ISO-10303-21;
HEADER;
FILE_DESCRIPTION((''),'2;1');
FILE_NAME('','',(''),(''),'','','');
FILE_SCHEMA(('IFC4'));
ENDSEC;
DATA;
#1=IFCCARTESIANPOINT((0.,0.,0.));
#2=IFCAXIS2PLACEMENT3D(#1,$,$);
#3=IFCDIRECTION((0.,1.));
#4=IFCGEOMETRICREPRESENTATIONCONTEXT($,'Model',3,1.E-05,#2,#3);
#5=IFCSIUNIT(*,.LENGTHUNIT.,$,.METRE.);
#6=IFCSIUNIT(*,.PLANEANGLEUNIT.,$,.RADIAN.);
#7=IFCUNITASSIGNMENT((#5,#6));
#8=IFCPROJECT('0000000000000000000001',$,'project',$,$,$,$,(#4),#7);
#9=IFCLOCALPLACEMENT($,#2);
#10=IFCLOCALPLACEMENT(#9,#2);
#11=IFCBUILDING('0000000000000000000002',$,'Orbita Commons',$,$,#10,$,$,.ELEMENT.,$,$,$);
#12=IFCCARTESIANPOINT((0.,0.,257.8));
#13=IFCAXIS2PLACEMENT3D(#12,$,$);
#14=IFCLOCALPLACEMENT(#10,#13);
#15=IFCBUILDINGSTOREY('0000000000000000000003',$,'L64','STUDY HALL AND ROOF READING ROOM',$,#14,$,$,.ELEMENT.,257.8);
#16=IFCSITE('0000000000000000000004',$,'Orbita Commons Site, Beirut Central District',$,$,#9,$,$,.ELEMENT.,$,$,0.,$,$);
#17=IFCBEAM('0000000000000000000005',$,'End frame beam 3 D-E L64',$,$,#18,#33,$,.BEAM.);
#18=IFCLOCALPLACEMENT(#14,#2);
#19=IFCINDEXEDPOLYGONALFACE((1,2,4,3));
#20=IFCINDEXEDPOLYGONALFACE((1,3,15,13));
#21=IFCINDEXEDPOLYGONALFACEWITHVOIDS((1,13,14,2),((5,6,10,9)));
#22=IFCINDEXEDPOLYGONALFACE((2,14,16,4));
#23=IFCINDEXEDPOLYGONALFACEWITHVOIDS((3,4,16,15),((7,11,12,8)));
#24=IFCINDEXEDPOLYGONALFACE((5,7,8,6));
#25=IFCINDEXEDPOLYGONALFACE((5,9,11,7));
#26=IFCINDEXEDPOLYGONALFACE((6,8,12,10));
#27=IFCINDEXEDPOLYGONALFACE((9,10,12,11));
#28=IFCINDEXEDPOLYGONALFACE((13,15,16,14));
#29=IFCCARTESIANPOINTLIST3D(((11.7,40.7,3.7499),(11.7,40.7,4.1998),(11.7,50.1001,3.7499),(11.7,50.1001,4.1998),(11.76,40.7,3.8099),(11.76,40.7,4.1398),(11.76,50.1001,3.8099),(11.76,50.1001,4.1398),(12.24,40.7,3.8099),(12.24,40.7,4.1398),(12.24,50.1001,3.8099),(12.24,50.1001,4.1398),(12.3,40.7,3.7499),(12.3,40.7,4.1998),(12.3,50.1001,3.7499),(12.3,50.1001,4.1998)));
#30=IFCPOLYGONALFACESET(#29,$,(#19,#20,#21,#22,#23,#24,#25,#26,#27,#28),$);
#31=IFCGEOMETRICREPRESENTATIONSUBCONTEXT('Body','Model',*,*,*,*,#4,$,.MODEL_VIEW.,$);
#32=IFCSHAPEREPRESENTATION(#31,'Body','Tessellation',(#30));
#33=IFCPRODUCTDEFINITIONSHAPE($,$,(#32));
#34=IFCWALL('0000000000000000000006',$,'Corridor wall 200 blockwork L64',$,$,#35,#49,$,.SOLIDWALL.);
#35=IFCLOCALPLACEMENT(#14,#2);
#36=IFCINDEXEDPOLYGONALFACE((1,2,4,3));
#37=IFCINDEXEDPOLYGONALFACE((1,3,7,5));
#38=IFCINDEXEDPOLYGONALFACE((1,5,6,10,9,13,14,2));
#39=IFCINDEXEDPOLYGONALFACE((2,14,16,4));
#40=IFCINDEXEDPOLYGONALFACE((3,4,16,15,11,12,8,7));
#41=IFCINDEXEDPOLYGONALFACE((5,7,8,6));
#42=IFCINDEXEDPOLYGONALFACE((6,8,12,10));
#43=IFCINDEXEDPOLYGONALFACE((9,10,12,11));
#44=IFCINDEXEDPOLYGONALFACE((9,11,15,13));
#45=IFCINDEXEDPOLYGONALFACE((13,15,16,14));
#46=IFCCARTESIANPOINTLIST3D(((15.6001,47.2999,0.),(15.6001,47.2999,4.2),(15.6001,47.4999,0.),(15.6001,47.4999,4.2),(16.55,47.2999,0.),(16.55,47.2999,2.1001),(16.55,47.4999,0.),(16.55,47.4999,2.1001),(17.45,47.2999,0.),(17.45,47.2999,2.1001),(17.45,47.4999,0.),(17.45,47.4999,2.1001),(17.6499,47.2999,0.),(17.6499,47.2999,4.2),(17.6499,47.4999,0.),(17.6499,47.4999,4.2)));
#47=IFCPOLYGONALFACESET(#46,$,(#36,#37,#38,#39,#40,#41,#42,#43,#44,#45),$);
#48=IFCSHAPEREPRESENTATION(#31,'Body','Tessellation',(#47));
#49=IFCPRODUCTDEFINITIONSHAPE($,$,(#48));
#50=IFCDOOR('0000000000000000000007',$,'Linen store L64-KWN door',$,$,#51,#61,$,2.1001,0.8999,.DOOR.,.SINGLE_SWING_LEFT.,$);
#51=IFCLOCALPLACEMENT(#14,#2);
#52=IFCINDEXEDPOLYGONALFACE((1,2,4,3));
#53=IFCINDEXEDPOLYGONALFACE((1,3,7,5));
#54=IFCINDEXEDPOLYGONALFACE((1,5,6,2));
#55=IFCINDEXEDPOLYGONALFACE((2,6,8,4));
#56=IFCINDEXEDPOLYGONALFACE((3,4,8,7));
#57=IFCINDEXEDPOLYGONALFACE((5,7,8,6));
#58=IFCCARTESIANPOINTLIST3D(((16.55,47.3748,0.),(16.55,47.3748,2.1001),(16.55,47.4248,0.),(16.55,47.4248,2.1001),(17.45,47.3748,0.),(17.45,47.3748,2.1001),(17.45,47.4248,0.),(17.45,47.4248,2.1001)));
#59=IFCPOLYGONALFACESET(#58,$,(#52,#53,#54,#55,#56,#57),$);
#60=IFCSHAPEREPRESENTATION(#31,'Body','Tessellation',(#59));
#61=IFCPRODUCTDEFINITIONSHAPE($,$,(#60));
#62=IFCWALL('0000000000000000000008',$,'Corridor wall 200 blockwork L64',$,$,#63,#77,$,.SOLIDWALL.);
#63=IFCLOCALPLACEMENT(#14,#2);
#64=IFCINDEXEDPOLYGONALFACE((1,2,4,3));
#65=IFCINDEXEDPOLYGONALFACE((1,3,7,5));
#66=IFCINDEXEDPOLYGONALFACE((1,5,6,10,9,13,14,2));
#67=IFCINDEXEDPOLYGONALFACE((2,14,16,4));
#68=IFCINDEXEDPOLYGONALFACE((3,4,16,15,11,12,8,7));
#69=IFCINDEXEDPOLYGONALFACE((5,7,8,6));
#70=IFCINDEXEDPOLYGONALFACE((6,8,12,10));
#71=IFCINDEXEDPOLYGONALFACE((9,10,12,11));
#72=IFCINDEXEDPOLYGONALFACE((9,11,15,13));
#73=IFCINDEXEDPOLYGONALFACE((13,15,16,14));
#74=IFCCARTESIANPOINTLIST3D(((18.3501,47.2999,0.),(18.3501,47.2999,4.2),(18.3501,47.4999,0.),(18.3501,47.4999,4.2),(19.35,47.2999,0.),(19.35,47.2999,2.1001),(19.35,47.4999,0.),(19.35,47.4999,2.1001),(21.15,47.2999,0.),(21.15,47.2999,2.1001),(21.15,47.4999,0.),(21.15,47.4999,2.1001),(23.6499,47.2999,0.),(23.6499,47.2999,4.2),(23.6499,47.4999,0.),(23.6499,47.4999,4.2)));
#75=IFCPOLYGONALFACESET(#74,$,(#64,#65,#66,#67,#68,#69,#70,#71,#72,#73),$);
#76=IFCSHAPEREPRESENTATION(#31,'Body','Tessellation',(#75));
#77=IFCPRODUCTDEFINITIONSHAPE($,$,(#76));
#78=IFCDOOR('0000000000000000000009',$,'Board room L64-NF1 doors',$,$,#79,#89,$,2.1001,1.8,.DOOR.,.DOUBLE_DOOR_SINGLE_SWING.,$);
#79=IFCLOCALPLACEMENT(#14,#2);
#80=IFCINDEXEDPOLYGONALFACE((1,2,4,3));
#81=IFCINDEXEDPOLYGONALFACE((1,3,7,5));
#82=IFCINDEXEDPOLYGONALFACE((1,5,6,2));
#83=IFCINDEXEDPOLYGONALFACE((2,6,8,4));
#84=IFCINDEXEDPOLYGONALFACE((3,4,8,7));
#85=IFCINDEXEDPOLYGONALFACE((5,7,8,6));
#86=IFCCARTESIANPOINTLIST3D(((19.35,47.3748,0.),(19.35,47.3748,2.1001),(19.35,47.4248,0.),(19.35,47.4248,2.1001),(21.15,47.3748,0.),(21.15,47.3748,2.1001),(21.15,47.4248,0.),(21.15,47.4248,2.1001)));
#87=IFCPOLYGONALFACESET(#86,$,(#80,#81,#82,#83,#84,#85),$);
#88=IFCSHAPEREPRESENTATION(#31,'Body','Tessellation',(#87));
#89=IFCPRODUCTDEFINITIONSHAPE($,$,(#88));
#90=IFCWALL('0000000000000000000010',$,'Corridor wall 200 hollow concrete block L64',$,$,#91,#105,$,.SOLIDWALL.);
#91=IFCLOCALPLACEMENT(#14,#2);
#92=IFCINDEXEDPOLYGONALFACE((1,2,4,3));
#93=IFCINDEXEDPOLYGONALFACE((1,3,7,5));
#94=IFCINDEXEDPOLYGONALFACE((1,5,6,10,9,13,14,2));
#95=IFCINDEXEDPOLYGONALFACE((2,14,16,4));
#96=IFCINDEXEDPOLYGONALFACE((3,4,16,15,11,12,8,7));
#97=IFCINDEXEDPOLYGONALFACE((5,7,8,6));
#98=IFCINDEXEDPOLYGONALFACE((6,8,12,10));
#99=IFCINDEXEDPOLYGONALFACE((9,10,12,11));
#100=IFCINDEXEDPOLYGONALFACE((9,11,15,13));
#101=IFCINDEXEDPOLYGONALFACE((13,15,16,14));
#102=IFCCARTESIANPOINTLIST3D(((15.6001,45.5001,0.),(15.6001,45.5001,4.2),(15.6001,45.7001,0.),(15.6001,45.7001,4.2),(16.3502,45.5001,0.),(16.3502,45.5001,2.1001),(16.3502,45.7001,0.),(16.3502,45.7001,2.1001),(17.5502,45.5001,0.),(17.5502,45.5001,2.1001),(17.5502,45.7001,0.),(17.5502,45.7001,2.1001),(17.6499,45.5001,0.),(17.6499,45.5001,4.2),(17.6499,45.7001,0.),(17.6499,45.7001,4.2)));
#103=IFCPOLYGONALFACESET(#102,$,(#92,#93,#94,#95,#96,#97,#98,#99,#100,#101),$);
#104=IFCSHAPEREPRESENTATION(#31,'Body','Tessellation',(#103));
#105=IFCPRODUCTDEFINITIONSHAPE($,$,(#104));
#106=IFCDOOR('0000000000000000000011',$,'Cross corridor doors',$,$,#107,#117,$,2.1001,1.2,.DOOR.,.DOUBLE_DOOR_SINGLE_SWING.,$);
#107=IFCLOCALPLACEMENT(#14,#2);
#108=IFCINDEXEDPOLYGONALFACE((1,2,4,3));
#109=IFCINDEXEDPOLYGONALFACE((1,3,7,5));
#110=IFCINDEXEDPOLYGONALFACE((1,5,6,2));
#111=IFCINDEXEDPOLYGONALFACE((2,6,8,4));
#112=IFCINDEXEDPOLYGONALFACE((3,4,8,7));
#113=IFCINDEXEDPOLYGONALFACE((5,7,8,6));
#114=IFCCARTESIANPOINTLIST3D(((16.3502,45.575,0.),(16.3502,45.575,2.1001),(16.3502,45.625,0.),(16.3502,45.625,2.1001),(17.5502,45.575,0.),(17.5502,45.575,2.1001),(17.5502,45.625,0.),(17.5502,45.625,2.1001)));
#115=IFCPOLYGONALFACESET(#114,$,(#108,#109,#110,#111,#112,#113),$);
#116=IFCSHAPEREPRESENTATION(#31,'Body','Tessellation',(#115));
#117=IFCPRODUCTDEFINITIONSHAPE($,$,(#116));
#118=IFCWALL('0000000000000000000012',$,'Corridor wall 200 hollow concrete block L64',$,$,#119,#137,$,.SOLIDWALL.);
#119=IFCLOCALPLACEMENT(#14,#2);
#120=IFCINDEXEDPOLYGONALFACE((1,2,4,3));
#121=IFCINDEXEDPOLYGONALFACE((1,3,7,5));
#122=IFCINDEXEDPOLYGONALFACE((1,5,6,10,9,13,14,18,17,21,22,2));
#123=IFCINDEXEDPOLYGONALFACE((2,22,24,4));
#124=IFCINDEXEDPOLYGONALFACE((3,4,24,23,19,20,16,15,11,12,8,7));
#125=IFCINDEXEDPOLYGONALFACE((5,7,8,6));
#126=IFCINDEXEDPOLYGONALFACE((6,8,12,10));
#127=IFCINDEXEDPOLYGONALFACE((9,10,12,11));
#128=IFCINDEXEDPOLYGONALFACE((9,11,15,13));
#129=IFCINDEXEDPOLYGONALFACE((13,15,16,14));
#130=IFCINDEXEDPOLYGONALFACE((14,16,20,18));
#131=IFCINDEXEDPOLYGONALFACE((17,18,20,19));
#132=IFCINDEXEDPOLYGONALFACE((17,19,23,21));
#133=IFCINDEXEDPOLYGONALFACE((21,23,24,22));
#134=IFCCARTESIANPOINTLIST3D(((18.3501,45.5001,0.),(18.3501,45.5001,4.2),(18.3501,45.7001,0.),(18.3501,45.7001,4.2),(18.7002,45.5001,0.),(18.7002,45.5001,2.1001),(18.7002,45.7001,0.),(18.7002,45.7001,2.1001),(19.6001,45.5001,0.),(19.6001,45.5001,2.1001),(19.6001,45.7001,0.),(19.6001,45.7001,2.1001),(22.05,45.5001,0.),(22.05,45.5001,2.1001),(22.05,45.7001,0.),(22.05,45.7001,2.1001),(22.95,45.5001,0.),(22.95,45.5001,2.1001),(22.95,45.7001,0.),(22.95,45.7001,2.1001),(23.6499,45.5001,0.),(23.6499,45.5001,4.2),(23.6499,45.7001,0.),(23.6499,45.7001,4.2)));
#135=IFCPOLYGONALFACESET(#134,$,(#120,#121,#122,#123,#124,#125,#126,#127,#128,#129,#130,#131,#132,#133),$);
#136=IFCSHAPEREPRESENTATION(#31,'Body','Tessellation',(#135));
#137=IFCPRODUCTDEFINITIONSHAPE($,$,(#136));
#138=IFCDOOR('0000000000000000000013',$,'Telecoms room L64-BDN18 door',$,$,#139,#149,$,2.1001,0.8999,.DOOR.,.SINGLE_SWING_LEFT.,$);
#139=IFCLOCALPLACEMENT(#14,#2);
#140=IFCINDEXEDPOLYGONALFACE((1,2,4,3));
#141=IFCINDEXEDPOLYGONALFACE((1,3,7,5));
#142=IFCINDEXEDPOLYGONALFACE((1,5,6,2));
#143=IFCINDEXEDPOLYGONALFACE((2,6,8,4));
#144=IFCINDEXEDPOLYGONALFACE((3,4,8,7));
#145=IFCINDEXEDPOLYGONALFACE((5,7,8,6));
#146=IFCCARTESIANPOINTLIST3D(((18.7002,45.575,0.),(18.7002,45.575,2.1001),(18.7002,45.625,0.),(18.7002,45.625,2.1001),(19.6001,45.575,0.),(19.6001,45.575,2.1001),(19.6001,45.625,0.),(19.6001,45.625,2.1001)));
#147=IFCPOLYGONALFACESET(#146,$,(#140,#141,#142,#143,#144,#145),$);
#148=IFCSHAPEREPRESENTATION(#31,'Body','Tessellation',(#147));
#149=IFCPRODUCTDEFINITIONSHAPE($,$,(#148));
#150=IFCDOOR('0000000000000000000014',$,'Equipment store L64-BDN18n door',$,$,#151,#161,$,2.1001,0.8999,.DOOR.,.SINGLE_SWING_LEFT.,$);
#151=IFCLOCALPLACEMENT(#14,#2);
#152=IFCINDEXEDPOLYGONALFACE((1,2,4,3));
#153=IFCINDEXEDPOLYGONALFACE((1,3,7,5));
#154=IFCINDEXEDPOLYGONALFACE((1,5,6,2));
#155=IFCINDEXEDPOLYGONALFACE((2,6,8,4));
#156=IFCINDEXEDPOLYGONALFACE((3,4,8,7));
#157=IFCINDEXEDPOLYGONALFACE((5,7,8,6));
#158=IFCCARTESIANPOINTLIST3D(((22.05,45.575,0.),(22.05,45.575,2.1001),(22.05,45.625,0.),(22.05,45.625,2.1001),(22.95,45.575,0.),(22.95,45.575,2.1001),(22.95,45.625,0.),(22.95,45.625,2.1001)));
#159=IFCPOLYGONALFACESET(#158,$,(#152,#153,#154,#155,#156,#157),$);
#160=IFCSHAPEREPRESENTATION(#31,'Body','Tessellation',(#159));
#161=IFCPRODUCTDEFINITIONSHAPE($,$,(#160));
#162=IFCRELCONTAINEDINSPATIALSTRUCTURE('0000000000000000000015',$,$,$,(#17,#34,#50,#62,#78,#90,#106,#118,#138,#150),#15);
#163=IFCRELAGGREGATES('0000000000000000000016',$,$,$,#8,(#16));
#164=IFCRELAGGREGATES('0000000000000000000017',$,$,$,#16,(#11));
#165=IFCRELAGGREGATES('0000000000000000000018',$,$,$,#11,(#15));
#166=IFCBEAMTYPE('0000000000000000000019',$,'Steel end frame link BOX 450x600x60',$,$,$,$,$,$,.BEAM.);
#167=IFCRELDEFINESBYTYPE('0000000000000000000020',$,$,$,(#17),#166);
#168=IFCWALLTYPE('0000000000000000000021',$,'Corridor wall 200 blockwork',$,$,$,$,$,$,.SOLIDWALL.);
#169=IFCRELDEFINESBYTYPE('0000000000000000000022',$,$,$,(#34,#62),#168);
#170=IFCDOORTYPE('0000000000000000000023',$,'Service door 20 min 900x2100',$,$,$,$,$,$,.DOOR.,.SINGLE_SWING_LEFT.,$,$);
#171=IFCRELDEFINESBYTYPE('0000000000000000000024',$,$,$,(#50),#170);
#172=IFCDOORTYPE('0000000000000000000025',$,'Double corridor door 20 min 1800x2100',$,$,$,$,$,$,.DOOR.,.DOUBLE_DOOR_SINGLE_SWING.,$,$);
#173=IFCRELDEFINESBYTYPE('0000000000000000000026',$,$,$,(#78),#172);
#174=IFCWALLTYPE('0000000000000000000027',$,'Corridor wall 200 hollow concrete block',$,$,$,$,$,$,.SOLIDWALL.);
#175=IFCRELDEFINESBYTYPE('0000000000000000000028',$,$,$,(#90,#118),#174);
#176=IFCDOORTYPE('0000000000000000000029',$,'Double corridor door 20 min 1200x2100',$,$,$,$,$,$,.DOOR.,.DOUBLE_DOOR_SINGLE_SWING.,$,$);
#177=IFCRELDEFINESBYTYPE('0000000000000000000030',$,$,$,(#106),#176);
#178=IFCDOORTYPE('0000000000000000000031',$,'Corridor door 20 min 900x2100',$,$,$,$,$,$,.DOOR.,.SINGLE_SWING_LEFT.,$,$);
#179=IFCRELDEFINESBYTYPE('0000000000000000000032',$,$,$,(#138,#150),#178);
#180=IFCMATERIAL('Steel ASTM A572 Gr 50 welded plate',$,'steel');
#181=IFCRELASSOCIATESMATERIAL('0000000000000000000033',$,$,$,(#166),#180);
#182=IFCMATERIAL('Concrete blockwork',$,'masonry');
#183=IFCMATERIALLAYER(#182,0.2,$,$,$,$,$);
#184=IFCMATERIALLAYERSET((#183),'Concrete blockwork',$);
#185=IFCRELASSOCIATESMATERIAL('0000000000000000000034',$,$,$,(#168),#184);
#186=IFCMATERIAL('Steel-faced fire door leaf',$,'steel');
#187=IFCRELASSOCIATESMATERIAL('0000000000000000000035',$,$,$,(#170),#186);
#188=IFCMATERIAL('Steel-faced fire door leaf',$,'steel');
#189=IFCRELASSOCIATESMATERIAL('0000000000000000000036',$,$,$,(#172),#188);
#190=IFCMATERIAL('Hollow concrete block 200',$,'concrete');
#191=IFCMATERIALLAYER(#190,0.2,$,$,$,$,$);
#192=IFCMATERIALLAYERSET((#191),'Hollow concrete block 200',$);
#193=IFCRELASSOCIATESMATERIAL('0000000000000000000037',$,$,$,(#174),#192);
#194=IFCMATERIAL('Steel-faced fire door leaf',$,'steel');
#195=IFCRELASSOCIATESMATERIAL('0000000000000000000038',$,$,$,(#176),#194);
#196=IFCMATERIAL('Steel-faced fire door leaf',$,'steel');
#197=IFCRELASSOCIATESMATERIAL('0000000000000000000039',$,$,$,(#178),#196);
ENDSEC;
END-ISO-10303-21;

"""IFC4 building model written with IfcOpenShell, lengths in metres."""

from ifc_helpers import new_model, si_unit, direction, frame, frame_2d, origin, origin_2d, place, context, subcontext, project, spatial, rectangle, hollow_rectangle, extrude, material, layer, layer_set, material_profile, profile_set, type_object, element, fill, save


model = new_model("IFC4")

# Units and contexts
model_context = context("Model", 3, precision=1e-05, world=origin(), true_north=direction((0.0, 1.0)))
body_context = subcontext(model_context, "Body", "Model", "MODEL_VIEW")
ifc_project = project(units=[si_unit("LENGTHUNIT", "METRE"), si_unit("PLANEANGLEUNIT", "RADIAN")], contexts=[model_context])

# Site, building, storey
site_placement = place(None, origin())
site = spatial("IfcSite", under=ifc_project, at=site_placement, Name="Orbita Commons Site, Beirut Central District", CompositionType="ELEMENT", RefElevation=0.0)
building_placement = place(site_placement, origin())
building = spatial("IfcBuilding", under=site, at=building_placement, Name="Orbita Commons", CompositionType="ELEMENT")
storey_placement = place(building_placement, frame((0.0, 0.0, 257.8)))
storey = spatial("IfcBuildingStorey", under=building, at=storey_placement, Name="L64", Description="STUDY HALL AND ROOF READING ROOM", CompositionType="ELEMENT", Elevation=257.8)

# Beam
ifc_material_1 = material(Name="Steel ASTM A572 Gr 50 welded plate", Category="steel")
ifc_material_profile = material_profile(ifc_material_1, hollow_rectangle(XDim=0.6001, YDim=0.45, WallThickness=0.0601, at=origin_2d()), Name="BOX 450x600x60")
ifc_profile_set = profile_set([ifc_material_profile], Name="Steel ASTM A572 Gr 50 welded plate")
beam_type = type_object("IfcBeamType", Name="Steel end frame link BOX 450x600x60", PredefinedType="BEAM", material=ifc_profile_set)
beam_placement = place(storey_placement, frame((12.0, 40.7, 3.9749), z_axis=(0.0, 1.0, 0.0), x_axis=(-1.0, 0.0, 0.0)))
element("IfcBeam", 1, at=beam_placement, inside=storey, type_object=beam_type, Name="End frame beam 3 D-E L64", PredefinedType="BEAM", context=body_context, shape_type="SweptSolid", body=[
    extrude(hollow_rectangle(XDim=0.6001, YDim=0.45, WallThickness=0.0601, at=origin_2d()), origin(), (0.0, 0.0, 1.0), 9.4001),
])

# Walls, openings, doors
ifc_material_2 = material(Name="Concrete blockwork", Category="masonry")
ifc_layer_1 = layer(ifc_material_2, 0.2)
ifc_layer_set_1 = layer_set([ifc_layer_1], Name="Concrete blockwork")
wall_type_1 = type_object("IfcWallType", Name="Corridor wall 200 blockwork", PredefinedType="SOLIDWALL", material=ifc_layer_set_1)
wall_1_placement = place(storey_placement, frame((15.6001, 47.3999, 0.0), z_axis=(0.0, 0.0, 1.0), x_axis=(1.0, 0.0, 0.0)))
wall_1 = element("IfcWall", 2, at=wall_1_placement, inside=storey, type_object=wall_type_1, Name="Corridor wall 200 blockwork L64", PredefinedType="SOLIDWALL", context=body_context, shape_type="SweptSolid", body=[
    extrude(rectangle(XDim=2.0498, YDim=0.2, at=frame_2d((1.0249, 0.0))), origin(), (0.0, 0.0, 1.0), 4.2),
])
opening_1_placement = place(wall_1_placement, frame((0.95, 0.0, 0.0)))
opening_1 = element("IfcOpeningElement", 3, at=opening_1_placement, cuts=wall_1, PredefinedType="OPENING", context=body_context, shape_type="SweptSolid", body=[
    extrude(rectangle(XDim=0.8999, YDim=2.1001, at=frame_2d((0.45, 1.05))), frame((0.0, 0.1099, 0.0), z_axis=(0.0, -1.0, 0.0), x_axis=(1.0, 0.0, 0.0)), (0.0, 0.0, 1.0), 0.22),
])
ifc_material_3 = material(Name="Steel-faced fire door leaf", Category="steel")
door_type_1 = type_object("IfcDoorType", Name="Service door 20 min 900x2100", OperationType="SINGLE_SWING_LEFT", PredefinedType="DOOR", material=ifc_material_3)
door_1_placement = place(opening_1_placement, origin())
door_1 = element("IfcDoor", 4, at=door_1_placement, inside=storey, type_object=door_type_1, Name="Linen store L64-KWN door", OperationType="SINGLE_SWING_LEFT", OverallHeight=2.1001, OverallWidth=0.8999, PredefinedType="DOOR", context=body_context, shape_type="SweptSolid", body=[
    extrude(rectangle(XDim=0.8999, YDim=2.1001, at=frame_2d((0.45, 1.05))), frame((0.0, 0.0249, 0.0), z_axis=(0.0, -1.0, 0.0), x_axis=(1.0, 0.0, 0.0)), (0.0, 0.0, 1.0), 0.05),
])
fill(opening_1, door_1)
wall_2_placement = place(storey_placement, frame((18.3501, 47.3999, 0.0), z_axis=(0.0, 0.0, 1.0), x_axis=(1.0, 0.0, 0.0)))
wall_2 = element("IfcWall", 5, at=wall_2_placement, inside=storey, type_object=wall_type_1, Name="Corridor wall 200 blockwork L64", PredefinedType="SOLIDWALL", context=body_context, shape_type="SweptSolid", body=[
    extrude(rectangle(XDim=5.2998, YDim=0.2, at=frame_2d((2.6499, 0.0))), origin(), (0.0, 0.0, 1.0), 4.2),
])
opening_2_placement = place(wall_2_placement, frame((1.0, 0.0, 0.0)))
opening_2 = element("IfcOpeningElement", 6, at=opening_2_placement, cuts=wall_2, PredefinedType="OPENING", context=body_context, shape_type="SweptSolid", body=[
    extrude(rectangle(XDim=1.8, YDim=2.1001, at=frame_2d((0.8999, 1.05))), frame((0.0, 0.1099, 0.0), z_axis=(0.0, -1.0, 0.0), x_axis=(1.0, 0.0, 0.0)), (0.0, 0.0, 1.0), 0.22),
])
ifc_material_4 = material(Name="Steel-faced fire door leaf", Category="steel")
door_type_2 = type_object("IfcDoorType", Name="Double corridor door 20 min 1800x2100", OperationType="DOUBLE_DOOR_SINGLE_SWING", PredefinedType="DOOR", material=ifc_material_4)
door_2_placement = place(opening_2_placement, origin())
door_2 = element("IfcDoor", 7, at=door_2_placement, inside=storey, type_object=door_type_2, Name="Board room L64-NF1 doors", OperationType="DOUBLE_DOOR_SINGLE_SWING", OverallHeight=2.1001, OverallWidth=1.8, PredefinedType="DOOR", context=body_context, shape_type="SweptSolid", body=[
    extrude(rectangle(XDim=1.8, YDim=2.1001, at=frame_2d((0.8999, 1.05))), frame((0.0, 0.0249, 0.0), z_axis=(0.0, -1.0, 0.0), x_axis=(1.0, 0.0, 0.0)), (0.0, 0.0, 1.0), 0.05),
])
fill(opening_2, door_2)
ifc_material_5 = material(Name="Hollow concrete block 200", Category="concrete")
ifc_layer_2 = layer(ifc_material_5, 0.2)
ifc_layer_set_2 = layer_set([ifc_layer_2], Name="Hollow concrete block 200")
wall_type_2 = type_object("IfcWallType", Name="Corridor wall 200 hollow concrete block", PredefinedType="SOLIDWALL", material=ifc_layer_set_2)
wall_3_placement = place(storey_placement, frame((15.6001, 45.6001, 0.0), z_axis=(0.0, 0.0, 1.0), x_axis=(1.0, 0.0, 0.0)))
wall_3 = element("IfcWall", 8, at=wall_3_placement, inside=storey, type_object=wall_type_2, Name="Corridor wall 200 hollow concrete block L64", PredefinedType="SOLIDWALL", context=body_context, shape_type="SweptSolid", body=[
    extrude(rectangle(XDim=2.0498, YDim=0.2, at=frame_2d((1.0249, 0.0))), origin(), (0.0, 0.0, 1.0), 4.2),
])
opening_3_placement = place(wall_3_placement, frame((0.75, 0.0, 0.0)))
opening_3 = element("IfcOpeningElement", 9, at=opening_3_placement, cuts=wall_3, PredefinedType="OPENING", context=body_context, shape_type="SweptSolid", body=[
    extrude(rectangle(XDim=1.2, YDim=2.1001, at=frame_2d((0.6001, 1.05))), frame((0.0, 0.1099, 0.0), z_axis=(0.0, -1.0, 0.0), x_axis=(1.0, 0.0, 0.0)), (0.0, 0.0, 1.0), 0.22),
])
ifc_material_6 = material(Name="Steel-faced fire door leaf", Category="steel")
door_type_3 = type_object("IfcDoorType", Name="Double corridor door 20 min 1200x2100", OperationType="DOUBLE_DOOR_SINGLE_SWING", PredefinedType="DOOR", material=ifc_material_6)
door_3_placement = place(opening_3_placement, origin())
door_3 = element("IfcDoor", 10, at=door_3_placement, inside=storey, type_object=door_type_3, Name="Cross corridor doors", OperationType="DOUBLE_DOOR_SINGLE_SWING", OverallHeight=2.1001, OverallWidth=1.2, PredefinedType="DOOR", context=body_context, shape_type="SweptSolid", body=[
    extrude(rectangle(XDim=1.2, YDim=2.1001, at=frame_2d((0.6001, 1.05))), frame((0.0, 0.0249, 0.0), z_axis=(0.0, -1.0, 0.0), x_axis=(1.0, 0.0, 0.0)), (0.0, 0.0, 1.0), 0.05),
])
fill(opening_3, door_3)

# Wall, openings, doors
wall_4_placement = place(storey_placement, frame((18.3501, 45.6001, 0.0), z_axis=(0.0, 0.0, 1.0), x_axis=(1.0, 0.0, 0.0)))
wall_4 = element("IfcWall", 11, at=wall_4_placement, inside=storey, type_object=wall_type_2, Name="Corridor wall 200 hollow concrete block L64", PredefinedType="SOLIDWALL", context=body_context, shape_type="SweptSolid", body=[
    extrude(rectangle(XDim=5.2998, YDim=0.2, at=frame_2d((2.6499, 0.0))), origin(), (0.0, 0.0, 1.0), 4.2),
])
opening_4_placement = place(wall_4_placement, frame((0.3501, 0.0, 0.0)))
opening_4 = element("IfcOpeningElement", 12, at=opening_4_placement, cuts=wall_4, PredefinedType="OPENING", context=body_context, shape_type="SweptSolid", body=[
    extrude(rectangle(XDim=0.8999, YDim=2.1001, at=frame_2d((0.45, 1.05))), frame((0.0, 0.1099, 0.0), z_axis=(0.0, -1.0, 0.0), x_axis=(1.0, 0.0, 0.0)), (0.0, 0.0, 1.0), 0.22),
])
opening_5_placement = place(wall_4_placement, frame((3.7, 0.0, 0.0)))
opening_5 = element("IfcOpeningElement", 13, at=opening_5_placement, cuts=wall_4, PredefinedType="OPENING", context=body_context, shape_type="SweptSolid", body=[
    extrude(rectangle(XDim=0.8999, YDim=2.1001, at=frame_2d((0.45, 1.05))), frame((0.0, 0.1099, 0.0), z_axis=(0.0, -1.0, 0.0), x_axis=(1.0, 0.0, 0.0)), (0.0, 0.0, 1.0), 0.22),
])
ifc_material_7 = material(Name="Steel-faced fire door leaf", Category="steel")
door_type_4 = type_object("IfcDoorType", Name="Corridor door 20 min 900x2100", OperationType="SINGLE_SWING_LEFT", PredefinedType="DOOR", material=ifc_material_7)
door_4_placement = place(opening_4_placement, origin())
door_4 = element("IfcDoor", 14, at=door_4_placement, inside=storey, type_object=door_type_4, Name="Telecoms room L64-BDN18 door", OperationType="SINGLE_SWING_LEFT", OverallHeight=2.1001, OverallWidth=0.8999, PredefinedType="DOOR", context=body_context, shape_type="SweptSolid", body=[
    extrude(rectangle(XDim=0.8999, YDim=2.1001, at=frame_2d((0.45, 1.05))), frame((0.0, 0.0249, 0.0), z_axis=(0.0, -1.0, 0.0), x_axis=(1.0, 0.0, 0.0)), (0.0, 0.0, 1.0), 0.05),
])
fill(opening_4, door_4)
door_5_placement = place(opening_5_placement, origin())
door_5 = element("IfcDoor", 15, at=door_5_placement, inside=storey, type_object=door_type_4, Name="Equipment store L64-BDN18n door", OperationType="SINGLE_SWING_LEFT", OverallHeight=2.1001, OverallWidth=0.8999, PredefinedType="DOOR", context=body_context, shape_type="SweptSolid", body=[
    extrude(rectangle(XDim=0.8999, YDim=2.1001, at=frame_2d((0.45, 1.05))), frame((0.0, 0.0249, 0.0), z_axis=(0.0, -1.0, 0.0), x_axis=(1.0, 0.0, 0.0)), (0.0, 0.0, 1.0), 0.05),
])
fill(opening_5, door_5)

save(model, "model.ifc")
